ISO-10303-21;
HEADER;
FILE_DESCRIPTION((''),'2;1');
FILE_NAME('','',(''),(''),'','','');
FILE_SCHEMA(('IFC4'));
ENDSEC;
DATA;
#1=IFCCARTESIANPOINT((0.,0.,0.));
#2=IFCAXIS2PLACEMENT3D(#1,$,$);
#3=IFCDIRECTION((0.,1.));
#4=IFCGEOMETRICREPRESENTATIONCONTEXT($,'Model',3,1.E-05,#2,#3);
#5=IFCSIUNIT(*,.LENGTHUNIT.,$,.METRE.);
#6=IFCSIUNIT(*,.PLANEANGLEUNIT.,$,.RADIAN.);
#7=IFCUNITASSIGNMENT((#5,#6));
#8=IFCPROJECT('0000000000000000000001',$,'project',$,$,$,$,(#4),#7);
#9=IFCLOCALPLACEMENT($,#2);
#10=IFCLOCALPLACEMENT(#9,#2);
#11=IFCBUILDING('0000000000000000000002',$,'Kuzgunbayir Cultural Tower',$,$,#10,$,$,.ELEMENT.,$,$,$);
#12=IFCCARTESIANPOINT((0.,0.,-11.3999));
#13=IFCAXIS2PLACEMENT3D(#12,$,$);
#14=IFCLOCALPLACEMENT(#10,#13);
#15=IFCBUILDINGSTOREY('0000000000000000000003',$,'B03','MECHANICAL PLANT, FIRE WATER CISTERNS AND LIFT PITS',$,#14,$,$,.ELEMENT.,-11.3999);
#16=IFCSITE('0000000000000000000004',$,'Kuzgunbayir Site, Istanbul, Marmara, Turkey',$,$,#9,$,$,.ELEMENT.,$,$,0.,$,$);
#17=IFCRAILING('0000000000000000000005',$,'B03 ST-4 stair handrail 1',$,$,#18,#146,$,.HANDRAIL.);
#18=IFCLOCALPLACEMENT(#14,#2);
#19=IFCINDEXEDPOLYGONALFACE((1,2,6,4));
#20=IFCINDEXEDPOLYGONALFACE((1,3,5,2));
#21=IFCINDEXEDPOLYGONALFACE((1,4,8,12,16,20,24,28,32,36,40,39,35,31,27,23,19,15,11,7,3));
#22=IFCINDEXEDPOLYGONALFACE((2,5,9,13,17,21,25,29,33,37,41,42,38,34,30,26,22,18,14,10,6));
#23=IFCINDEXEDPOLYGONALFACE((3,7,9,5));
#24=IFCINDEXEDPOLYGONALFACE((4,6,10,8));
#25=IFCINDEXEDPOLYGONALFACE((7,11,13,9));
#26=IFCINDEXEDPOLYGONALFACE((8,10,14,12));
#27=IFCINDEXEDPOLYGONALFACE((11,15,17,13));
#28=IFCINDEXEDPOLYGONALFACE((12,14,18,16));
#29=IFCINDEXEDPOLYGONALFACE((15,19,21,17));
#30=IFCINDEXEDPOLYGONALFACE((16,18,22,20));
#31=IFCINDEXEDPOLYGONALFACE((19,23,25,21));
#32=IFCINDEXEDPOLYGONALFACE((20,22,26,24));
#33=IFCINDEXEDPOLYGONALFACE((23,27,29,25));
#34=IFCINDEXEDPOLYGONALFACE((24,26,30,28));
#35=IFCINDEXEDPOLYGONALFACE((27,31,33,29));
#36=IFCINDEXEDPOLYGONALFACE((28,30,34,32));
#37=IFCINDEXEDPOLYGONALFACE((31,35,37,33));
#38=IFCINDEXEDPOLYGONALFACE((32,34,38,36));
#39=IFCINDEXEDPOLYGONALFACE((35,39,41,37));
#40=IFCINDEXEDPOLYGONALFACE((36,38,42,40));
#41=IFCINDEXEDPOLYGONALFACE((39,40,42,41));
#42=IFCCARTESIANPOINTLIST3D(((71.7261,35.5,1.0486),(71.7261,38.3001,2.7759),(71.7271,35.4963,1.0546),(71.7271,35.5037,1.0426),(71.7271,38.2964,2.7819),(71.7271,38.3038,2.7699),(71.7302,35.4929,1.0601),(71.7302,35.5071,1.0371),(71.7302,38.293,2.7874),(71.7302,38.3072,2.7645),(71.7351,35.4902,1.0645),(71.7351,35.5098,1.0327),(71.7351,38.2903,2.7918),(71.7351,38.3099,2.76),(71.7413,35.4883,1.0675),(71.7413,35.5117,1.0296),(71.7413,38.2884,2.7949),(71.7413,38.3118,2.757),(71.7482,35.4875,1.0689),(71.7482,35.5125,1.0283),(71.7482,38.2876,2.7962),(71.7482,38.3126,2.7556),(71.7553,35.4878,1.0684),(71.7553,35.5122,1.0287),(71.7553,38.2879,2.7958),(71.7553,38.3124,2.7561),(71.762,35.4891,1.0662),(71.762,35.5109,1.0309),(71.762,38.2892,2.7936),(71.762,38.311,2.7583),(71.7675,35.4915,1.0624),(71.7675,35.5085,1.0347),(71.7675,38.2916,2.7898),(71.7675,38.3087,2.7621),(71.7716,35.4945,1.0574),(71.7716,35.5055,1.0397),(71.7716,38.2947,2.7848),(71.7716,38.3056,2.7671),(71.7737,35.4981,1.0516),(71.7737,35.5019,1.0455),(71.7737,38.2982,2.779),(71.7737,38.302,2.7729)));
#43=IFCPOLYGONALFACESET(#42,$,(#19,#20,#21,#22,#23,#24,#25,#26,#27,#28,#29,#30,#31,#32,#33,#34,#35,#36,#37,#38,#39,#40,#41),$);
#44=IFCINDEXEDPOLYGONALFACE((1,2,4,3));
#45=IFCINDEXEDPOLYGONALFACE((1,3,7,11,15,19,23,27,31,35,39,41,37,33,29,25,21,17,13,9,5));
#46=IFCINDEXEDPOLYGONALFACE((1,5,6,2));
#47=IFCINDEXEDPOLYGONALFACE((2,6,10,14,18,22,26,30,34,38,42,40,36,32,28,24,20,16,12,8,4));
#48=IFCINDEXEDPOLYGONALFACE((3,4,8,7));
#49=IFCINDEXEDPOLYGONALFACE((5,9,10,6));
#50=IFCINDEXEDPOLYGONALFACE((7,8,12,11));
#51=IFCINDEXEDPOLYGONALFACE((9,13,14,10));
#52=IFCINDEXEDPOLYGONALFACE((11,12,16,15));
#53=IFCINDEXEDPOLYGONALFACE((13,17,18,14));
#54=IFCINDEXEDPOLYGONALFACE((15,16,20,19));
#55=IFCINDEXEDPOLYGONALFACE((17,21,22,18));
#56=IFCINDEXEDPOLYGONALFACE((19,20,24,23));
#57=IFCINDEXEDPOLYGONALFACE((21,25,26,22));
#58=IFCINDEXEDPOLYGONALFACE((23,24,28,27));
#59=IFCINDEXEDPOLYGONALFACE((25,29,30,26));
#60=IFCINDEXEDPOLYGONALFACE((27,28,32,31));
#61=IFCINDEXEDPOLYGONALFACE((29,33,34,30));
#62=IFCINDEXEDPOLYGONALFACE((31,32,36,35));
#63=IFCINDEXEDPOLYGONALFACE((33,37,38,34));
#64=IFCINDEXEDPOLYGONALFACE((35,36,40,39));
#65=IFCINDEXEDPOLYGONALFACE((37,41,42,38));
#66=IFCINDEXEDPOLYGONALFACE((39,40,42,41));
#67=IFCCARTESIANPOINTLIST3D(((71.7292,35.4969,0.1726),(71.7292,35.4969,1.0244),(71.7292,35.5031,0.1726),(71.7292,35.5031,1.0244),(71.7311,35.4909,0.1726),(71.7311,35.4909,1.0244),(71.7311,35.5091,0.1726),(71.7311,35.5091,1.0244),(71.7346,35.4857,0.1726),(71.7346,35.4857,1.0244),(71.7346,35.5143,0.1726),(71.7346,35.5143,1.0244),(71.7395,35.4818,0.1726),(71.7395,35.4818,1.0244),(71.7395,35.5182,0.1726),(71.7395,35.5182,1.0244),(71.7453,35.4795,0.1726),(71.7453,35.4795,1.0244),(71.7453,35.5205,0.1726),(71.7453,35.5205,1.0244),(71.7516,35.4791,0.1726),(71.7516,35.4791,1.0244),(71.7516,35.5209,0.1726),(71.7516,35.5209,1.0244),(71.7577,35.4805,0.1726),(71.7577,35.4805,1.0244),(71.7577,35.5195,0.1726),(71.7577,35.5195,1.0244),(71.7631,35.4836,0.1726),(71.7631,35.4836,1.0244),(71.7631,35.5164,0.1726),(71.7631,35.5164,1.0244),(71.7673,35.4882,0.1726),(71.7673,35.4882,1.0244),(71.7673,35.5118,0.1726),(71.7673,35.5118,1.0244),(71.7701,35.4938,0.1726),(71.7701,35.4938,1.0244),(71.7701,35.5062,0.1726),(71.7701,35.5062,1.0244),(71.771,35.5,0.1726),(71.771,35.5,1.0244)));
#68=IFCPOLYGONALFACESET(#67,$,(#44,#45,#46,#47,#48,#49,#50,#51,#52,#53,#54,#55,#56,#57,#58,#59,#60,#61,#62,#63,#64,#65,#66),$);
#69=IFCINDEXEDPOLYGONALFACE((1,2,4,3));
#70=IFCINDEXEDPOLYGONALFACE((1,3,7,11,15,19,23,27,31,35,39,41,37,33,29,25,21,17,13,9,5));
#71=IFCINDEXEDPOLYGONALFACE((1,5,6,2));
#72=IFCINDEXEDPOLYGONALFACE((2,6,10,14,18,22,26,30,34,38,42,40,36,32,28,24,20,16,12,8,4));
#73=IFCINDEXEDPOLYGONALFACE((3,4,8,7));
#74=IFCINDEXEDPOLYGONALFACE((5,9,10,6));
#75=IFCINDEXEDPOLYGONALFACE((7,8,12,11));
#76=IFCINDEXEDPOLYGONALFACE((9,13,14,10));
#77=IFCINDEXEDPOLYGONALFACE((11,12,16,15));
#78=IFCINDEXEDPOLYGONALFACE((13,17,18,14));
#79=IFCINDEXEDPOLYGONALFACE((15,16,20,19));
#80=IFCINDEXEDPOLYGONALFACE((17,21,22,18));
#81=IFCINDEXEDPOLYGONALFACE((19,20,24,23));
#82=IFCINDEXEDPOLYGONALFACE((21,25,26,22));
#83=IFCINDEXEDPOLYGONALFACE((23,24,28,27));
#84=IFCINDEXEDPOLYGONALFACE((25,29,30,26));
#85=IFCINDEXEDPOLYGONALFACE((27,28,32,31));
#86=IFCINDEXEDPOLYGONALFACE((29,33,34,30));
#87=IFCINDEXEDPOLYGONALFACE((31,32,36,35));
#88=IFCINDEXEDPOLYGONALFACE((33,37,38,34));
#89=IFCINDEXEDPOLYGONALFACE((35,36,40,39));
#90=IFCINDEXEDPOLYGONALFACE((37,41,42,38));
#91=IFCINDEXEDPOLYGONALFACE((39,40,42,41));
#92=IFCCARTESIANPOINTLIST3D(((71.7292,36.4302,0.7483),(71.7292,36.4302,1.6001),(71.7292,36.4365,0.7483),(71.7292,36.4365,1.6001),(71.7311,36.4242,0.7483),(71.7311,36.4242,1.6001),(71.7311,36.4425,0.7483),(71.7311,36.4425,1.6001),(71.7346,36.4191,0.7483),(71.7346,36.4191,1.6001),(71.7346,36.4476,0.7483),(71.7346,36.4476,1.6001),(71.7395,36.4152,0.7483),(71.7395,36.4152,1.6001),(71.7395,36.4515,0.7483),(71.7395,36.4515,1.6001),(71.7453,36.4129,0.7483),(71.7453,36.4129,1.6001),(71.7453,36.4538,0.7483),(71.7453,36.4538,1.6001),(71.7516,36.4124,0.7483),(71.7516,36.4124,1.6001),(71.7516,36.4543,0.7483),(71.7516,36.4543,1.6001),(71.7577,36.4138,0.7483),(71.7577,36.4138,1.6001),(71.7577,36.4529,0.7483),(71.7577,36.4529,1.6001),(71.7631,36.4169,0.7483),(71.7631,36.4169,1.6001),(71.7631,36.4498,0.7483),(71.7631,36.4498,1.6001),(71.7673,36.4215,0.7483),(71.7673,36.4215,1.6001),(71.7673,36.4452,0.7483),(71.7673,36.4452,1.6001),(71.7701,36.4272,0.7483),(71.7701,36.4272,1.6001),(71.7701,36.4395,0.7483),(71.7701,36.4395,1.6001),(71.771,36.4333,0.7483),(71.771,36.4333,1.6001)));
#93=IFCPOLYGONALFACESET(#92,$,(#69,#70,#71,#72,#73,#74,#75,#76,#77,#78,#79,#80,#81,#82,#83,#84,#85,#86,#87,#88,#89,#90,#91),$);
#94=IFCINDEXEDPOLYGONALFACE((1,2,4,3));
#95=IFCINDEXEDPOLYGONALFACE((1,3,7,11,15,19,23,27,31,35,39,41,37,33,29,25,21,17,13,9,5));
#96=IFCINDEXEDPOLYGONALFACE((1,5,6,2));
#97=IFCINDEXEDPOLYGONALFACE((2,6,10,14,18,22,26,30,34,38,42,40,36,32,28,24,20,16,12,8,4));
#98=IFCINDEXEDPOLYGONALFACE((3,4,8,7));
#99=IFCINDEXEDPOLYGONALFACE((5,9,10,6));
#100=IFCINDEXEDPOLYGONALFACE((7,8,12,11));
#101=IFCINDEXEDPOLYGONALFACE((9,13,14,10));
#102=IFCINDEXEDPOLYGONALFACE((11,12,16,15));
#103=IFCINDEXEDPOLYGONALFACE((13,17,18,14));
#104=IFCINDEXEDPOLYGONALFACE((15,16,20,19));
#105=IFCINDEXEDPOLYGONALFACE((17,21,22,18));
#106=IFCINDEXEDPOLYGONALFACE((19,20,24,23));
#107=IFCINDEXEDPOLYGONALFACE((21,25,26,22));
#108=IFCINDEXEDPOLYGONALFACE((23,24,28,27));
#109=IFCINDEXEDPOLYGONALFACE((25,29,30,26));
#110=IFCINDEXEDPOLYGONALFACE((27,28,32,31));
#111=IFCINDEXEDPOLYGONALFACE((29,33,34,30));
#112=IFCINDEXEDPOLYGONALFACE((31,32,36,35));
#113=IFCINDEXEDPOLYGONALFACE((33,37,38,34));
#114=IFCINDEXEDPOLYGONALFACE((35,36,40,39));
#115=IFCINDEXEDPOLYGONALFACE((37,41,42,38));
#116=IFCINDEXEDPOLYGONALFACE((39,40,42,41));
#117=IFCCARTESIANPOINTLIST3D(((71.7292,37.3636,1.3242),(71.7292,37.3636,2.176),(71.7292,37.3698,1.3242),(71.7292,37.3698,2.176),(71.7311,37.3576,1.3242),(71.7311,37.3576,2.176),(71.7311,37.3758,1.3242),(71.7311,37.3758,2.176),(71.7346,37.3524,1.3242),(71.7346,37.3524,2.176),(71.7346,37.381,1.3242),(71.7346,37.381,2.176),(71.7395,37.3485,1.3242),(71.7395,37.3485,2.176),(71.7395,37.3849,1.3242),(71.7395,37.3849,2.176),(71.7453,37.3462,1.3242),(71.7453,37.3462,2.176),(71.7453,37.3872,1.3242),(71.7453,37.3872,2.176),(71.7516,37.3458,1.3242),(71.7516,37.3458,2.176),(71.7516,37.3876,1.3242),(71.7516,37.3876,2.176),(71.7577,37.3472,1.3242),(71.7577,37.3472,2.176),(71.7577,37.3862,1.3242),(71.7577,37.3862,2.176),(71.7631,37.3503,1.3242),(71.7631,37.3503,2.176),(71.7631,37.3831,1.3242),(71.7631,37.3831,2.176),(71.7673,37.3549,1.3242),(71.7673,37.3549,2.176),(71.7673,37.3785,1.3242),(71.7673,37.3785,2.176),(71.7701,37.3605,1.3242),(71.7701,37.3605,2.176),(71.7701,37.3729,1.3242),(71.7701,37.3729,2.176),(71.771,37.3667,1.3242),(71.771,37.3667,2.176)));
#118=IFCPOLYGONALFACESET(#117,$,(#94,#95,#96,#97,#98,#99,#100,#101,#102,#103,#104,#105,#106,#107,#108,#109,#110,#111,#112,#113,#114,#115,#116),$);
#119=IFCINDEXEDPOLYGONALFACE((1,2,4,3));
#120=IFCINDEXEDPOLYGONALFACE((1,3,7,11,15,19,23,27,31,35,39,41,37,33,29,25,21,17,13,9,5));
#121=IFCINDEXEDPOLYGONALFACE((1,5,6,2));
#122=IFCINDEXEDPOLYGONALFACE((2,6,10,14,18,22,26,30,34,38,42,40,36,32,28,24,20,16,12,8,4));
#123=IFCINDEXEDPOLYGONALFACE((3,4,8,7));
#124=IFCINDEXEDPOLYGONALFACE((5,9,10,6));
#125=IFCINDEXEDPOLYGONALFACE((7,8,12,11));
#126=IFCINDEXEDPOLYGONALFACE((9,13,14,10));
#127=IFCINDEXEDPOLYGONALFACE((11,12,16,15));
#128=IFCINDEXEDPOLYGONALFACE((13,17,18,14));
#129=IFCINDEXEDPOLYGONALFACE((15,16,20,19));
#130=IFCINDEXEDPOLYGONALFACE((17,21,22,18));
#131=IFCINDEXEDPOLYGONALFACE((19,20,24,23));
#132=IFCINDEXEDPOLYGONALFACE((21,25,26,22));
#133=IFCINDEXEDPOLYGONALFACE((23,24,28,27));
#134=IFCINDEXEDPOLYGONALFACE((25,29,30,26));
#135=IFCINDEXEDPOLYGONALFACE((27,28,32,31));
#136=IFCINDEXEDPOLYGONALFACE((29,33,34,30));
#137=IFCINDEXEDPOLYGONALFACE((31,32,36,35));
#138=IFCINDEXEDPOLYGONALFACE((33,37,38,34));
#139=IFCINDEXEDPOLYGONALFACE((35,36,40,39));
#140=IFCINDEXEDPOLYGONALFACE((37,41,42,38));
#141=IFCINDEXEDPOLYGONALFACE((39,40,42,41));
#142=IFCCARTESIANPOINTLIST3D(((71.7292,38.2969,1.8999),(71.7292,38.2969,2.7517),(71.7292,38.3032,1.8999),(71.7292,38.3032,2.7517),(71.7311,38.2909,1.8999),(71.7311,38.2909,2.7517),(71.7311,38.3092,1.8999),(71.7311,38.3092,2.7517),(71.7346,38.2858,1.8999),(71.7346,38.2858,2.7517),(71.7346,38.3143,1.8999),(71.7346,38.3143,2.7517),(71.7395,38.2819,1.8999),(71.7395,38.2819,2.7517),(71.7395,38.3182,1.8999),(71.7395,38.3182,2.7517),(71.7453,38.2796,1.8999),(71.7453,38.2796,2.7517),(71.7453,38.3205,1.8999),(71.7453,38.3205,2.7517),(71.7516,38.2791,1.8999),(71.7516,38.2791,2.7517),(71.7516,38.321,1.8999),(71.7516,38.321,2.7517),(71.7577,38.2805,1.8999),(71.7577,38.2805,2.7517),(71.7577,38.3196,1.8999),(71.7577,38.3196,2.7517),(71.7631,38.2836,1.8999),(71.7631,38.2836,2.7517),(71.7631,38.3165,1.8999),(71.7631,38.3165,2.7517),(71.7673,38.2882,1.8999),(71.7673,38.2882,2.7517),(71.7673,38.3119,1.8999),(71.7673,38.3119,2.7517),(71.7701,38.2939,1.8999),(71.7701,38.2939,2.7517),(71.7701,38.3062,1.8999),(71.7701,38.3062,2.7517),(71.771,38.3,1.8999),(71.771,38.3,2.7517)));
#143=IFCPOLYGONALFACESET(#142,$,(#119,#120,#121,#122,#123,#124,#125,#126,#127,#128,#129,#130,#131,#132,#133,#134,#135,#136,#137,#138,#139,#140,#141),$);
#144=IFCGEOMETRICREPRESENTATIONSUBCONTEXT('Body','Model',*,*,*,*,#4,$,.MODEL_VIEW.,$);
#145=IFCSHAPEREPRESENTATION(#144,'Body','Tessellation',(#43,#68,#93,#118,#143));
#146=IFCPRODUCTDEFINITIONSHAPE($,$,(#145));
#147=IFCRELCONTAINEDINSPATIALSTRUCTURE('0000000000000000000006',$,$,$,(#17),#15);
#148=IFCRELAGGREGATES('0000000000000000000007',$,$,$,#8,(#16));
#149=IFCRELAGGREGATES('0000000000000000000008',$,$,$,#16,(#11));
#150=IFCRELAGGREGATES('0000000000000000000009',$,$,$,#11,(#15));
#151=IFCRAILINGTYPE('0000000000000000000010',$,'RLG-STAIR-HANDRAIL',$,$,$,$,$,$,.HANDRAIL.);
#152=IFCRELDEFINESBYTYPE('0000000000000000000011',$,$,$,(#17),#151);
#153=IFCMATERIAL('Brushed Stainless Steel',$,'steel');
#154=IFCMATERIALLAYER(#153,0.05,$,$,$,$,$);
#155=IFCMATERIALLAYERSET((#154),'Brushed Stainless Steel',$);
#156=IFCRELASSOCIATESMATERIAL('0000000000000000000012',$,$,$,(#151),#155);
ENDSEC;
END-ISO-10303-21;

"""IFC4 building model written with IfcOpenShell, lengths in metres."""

from ifc_helpers import new_model, si_unit, direction, frame, origin, origin_2d, place, context, subcontext, project, spatial, circle, extrude, material, layer, layer_set, type_object, element, save


model = new_model("IFC4")

# Units and contexts
model_context = context("Model", 3, precision=1e-05, world=origin(), true_north=direction((0.0, 1.0)))
body_context = subcontext(model_context, "Body", "Model", "MODEL_VIEW")
ifc_project = project(units=[si_unit("LENGTHUNIT", "METRE"), si_unit("PLANEANGLEUNIT", "RADIAN")], contexts=[model_context])

# Site, building, storey
site_placement = place(None, origin())
site = spatial("IfcSite", under=ifc_project, at=site_placement, Name="Kuzgunbayir Site, Istanbul, Marmara, Turkey", CompositionType="ELEMENT", RefElevation=0.0)
building_placement = place(site_placement, origin())
building = spatial("IfcBuilding", under=site, at=building_placement, Name="Kuzgunbayir Cultural Tower", CompositionType="ELEMENT")
storey_placement = place(building_placement, frame((0.0, 0.0, -11.3999)))
storey = spatial("IfcBuildingStorey", under=building, at=storey_placement, Name="B03", Description="MECHANICAL PLANT, FIRE WATER CISTERNS AND LIFT PITS", CompositionType="ELEMENT", Elevation=-11.3999)

# Shared definitions
ifc_material_1 = material(Name="Brushed Stainless Steel", Category="steel")

# Railing
ifc_layer_1 = layer(ifc_material_1, 0.05)
ifc_layer_set_1 = layer_set([ifc_layer_1], Name="Brushed Stainless Steel")
railing_type_1 = type_object("IfcRailingType", Name="RLG-STAIR-HANDRAIL", PredefinedType="HANDRAIL", material=ifc_layer_set_1)
railing_1_placement = place(storey_placement, frame((71.75, 35.5, 0.1726)))
element("IfcRailing", 1, at=railing_1_placement, inside=storey, type_object=railing_type_1, Name="B03 ST-4 stair handrail 1", PredefinedType="HANDRAIL", context=body_context, shape_type="SweptSolid", body=[
    extrude(circle(Radius=0.0239, at=origin_2d()), frame((0.0, 0.0, 0.876), z_axis=(0.0, 0.85109, 0.52502), x_axis=(-1.0, 0.0, 0.0)), (0.0, 0.0, 1.0), 3.29),
    extrude(circle(Radius=0.021, at=origin_2d()), origin(), (0.0, 0.0, 1.0), 0.8518),
    extrude(circle(Radius=0.021, at=origin_2d()), frame((0.0, 0.9333, 0.5757)), (0.0, 0.0, 1.0), 0.8518),
    extrude(circle(Radius=0.021, at=origin_2d()), frame((0.0, 1.8667, 1.1516)), (0.0, 0.0, 1.0), 0.8518),
    extrude(circle(Radius=0.021, at=origin_2d()), frame((0.0, 2.8, 1.7273)), (0.0, 0.0, 1.0), 0.8518),
])

save(model, "model.ifc")
